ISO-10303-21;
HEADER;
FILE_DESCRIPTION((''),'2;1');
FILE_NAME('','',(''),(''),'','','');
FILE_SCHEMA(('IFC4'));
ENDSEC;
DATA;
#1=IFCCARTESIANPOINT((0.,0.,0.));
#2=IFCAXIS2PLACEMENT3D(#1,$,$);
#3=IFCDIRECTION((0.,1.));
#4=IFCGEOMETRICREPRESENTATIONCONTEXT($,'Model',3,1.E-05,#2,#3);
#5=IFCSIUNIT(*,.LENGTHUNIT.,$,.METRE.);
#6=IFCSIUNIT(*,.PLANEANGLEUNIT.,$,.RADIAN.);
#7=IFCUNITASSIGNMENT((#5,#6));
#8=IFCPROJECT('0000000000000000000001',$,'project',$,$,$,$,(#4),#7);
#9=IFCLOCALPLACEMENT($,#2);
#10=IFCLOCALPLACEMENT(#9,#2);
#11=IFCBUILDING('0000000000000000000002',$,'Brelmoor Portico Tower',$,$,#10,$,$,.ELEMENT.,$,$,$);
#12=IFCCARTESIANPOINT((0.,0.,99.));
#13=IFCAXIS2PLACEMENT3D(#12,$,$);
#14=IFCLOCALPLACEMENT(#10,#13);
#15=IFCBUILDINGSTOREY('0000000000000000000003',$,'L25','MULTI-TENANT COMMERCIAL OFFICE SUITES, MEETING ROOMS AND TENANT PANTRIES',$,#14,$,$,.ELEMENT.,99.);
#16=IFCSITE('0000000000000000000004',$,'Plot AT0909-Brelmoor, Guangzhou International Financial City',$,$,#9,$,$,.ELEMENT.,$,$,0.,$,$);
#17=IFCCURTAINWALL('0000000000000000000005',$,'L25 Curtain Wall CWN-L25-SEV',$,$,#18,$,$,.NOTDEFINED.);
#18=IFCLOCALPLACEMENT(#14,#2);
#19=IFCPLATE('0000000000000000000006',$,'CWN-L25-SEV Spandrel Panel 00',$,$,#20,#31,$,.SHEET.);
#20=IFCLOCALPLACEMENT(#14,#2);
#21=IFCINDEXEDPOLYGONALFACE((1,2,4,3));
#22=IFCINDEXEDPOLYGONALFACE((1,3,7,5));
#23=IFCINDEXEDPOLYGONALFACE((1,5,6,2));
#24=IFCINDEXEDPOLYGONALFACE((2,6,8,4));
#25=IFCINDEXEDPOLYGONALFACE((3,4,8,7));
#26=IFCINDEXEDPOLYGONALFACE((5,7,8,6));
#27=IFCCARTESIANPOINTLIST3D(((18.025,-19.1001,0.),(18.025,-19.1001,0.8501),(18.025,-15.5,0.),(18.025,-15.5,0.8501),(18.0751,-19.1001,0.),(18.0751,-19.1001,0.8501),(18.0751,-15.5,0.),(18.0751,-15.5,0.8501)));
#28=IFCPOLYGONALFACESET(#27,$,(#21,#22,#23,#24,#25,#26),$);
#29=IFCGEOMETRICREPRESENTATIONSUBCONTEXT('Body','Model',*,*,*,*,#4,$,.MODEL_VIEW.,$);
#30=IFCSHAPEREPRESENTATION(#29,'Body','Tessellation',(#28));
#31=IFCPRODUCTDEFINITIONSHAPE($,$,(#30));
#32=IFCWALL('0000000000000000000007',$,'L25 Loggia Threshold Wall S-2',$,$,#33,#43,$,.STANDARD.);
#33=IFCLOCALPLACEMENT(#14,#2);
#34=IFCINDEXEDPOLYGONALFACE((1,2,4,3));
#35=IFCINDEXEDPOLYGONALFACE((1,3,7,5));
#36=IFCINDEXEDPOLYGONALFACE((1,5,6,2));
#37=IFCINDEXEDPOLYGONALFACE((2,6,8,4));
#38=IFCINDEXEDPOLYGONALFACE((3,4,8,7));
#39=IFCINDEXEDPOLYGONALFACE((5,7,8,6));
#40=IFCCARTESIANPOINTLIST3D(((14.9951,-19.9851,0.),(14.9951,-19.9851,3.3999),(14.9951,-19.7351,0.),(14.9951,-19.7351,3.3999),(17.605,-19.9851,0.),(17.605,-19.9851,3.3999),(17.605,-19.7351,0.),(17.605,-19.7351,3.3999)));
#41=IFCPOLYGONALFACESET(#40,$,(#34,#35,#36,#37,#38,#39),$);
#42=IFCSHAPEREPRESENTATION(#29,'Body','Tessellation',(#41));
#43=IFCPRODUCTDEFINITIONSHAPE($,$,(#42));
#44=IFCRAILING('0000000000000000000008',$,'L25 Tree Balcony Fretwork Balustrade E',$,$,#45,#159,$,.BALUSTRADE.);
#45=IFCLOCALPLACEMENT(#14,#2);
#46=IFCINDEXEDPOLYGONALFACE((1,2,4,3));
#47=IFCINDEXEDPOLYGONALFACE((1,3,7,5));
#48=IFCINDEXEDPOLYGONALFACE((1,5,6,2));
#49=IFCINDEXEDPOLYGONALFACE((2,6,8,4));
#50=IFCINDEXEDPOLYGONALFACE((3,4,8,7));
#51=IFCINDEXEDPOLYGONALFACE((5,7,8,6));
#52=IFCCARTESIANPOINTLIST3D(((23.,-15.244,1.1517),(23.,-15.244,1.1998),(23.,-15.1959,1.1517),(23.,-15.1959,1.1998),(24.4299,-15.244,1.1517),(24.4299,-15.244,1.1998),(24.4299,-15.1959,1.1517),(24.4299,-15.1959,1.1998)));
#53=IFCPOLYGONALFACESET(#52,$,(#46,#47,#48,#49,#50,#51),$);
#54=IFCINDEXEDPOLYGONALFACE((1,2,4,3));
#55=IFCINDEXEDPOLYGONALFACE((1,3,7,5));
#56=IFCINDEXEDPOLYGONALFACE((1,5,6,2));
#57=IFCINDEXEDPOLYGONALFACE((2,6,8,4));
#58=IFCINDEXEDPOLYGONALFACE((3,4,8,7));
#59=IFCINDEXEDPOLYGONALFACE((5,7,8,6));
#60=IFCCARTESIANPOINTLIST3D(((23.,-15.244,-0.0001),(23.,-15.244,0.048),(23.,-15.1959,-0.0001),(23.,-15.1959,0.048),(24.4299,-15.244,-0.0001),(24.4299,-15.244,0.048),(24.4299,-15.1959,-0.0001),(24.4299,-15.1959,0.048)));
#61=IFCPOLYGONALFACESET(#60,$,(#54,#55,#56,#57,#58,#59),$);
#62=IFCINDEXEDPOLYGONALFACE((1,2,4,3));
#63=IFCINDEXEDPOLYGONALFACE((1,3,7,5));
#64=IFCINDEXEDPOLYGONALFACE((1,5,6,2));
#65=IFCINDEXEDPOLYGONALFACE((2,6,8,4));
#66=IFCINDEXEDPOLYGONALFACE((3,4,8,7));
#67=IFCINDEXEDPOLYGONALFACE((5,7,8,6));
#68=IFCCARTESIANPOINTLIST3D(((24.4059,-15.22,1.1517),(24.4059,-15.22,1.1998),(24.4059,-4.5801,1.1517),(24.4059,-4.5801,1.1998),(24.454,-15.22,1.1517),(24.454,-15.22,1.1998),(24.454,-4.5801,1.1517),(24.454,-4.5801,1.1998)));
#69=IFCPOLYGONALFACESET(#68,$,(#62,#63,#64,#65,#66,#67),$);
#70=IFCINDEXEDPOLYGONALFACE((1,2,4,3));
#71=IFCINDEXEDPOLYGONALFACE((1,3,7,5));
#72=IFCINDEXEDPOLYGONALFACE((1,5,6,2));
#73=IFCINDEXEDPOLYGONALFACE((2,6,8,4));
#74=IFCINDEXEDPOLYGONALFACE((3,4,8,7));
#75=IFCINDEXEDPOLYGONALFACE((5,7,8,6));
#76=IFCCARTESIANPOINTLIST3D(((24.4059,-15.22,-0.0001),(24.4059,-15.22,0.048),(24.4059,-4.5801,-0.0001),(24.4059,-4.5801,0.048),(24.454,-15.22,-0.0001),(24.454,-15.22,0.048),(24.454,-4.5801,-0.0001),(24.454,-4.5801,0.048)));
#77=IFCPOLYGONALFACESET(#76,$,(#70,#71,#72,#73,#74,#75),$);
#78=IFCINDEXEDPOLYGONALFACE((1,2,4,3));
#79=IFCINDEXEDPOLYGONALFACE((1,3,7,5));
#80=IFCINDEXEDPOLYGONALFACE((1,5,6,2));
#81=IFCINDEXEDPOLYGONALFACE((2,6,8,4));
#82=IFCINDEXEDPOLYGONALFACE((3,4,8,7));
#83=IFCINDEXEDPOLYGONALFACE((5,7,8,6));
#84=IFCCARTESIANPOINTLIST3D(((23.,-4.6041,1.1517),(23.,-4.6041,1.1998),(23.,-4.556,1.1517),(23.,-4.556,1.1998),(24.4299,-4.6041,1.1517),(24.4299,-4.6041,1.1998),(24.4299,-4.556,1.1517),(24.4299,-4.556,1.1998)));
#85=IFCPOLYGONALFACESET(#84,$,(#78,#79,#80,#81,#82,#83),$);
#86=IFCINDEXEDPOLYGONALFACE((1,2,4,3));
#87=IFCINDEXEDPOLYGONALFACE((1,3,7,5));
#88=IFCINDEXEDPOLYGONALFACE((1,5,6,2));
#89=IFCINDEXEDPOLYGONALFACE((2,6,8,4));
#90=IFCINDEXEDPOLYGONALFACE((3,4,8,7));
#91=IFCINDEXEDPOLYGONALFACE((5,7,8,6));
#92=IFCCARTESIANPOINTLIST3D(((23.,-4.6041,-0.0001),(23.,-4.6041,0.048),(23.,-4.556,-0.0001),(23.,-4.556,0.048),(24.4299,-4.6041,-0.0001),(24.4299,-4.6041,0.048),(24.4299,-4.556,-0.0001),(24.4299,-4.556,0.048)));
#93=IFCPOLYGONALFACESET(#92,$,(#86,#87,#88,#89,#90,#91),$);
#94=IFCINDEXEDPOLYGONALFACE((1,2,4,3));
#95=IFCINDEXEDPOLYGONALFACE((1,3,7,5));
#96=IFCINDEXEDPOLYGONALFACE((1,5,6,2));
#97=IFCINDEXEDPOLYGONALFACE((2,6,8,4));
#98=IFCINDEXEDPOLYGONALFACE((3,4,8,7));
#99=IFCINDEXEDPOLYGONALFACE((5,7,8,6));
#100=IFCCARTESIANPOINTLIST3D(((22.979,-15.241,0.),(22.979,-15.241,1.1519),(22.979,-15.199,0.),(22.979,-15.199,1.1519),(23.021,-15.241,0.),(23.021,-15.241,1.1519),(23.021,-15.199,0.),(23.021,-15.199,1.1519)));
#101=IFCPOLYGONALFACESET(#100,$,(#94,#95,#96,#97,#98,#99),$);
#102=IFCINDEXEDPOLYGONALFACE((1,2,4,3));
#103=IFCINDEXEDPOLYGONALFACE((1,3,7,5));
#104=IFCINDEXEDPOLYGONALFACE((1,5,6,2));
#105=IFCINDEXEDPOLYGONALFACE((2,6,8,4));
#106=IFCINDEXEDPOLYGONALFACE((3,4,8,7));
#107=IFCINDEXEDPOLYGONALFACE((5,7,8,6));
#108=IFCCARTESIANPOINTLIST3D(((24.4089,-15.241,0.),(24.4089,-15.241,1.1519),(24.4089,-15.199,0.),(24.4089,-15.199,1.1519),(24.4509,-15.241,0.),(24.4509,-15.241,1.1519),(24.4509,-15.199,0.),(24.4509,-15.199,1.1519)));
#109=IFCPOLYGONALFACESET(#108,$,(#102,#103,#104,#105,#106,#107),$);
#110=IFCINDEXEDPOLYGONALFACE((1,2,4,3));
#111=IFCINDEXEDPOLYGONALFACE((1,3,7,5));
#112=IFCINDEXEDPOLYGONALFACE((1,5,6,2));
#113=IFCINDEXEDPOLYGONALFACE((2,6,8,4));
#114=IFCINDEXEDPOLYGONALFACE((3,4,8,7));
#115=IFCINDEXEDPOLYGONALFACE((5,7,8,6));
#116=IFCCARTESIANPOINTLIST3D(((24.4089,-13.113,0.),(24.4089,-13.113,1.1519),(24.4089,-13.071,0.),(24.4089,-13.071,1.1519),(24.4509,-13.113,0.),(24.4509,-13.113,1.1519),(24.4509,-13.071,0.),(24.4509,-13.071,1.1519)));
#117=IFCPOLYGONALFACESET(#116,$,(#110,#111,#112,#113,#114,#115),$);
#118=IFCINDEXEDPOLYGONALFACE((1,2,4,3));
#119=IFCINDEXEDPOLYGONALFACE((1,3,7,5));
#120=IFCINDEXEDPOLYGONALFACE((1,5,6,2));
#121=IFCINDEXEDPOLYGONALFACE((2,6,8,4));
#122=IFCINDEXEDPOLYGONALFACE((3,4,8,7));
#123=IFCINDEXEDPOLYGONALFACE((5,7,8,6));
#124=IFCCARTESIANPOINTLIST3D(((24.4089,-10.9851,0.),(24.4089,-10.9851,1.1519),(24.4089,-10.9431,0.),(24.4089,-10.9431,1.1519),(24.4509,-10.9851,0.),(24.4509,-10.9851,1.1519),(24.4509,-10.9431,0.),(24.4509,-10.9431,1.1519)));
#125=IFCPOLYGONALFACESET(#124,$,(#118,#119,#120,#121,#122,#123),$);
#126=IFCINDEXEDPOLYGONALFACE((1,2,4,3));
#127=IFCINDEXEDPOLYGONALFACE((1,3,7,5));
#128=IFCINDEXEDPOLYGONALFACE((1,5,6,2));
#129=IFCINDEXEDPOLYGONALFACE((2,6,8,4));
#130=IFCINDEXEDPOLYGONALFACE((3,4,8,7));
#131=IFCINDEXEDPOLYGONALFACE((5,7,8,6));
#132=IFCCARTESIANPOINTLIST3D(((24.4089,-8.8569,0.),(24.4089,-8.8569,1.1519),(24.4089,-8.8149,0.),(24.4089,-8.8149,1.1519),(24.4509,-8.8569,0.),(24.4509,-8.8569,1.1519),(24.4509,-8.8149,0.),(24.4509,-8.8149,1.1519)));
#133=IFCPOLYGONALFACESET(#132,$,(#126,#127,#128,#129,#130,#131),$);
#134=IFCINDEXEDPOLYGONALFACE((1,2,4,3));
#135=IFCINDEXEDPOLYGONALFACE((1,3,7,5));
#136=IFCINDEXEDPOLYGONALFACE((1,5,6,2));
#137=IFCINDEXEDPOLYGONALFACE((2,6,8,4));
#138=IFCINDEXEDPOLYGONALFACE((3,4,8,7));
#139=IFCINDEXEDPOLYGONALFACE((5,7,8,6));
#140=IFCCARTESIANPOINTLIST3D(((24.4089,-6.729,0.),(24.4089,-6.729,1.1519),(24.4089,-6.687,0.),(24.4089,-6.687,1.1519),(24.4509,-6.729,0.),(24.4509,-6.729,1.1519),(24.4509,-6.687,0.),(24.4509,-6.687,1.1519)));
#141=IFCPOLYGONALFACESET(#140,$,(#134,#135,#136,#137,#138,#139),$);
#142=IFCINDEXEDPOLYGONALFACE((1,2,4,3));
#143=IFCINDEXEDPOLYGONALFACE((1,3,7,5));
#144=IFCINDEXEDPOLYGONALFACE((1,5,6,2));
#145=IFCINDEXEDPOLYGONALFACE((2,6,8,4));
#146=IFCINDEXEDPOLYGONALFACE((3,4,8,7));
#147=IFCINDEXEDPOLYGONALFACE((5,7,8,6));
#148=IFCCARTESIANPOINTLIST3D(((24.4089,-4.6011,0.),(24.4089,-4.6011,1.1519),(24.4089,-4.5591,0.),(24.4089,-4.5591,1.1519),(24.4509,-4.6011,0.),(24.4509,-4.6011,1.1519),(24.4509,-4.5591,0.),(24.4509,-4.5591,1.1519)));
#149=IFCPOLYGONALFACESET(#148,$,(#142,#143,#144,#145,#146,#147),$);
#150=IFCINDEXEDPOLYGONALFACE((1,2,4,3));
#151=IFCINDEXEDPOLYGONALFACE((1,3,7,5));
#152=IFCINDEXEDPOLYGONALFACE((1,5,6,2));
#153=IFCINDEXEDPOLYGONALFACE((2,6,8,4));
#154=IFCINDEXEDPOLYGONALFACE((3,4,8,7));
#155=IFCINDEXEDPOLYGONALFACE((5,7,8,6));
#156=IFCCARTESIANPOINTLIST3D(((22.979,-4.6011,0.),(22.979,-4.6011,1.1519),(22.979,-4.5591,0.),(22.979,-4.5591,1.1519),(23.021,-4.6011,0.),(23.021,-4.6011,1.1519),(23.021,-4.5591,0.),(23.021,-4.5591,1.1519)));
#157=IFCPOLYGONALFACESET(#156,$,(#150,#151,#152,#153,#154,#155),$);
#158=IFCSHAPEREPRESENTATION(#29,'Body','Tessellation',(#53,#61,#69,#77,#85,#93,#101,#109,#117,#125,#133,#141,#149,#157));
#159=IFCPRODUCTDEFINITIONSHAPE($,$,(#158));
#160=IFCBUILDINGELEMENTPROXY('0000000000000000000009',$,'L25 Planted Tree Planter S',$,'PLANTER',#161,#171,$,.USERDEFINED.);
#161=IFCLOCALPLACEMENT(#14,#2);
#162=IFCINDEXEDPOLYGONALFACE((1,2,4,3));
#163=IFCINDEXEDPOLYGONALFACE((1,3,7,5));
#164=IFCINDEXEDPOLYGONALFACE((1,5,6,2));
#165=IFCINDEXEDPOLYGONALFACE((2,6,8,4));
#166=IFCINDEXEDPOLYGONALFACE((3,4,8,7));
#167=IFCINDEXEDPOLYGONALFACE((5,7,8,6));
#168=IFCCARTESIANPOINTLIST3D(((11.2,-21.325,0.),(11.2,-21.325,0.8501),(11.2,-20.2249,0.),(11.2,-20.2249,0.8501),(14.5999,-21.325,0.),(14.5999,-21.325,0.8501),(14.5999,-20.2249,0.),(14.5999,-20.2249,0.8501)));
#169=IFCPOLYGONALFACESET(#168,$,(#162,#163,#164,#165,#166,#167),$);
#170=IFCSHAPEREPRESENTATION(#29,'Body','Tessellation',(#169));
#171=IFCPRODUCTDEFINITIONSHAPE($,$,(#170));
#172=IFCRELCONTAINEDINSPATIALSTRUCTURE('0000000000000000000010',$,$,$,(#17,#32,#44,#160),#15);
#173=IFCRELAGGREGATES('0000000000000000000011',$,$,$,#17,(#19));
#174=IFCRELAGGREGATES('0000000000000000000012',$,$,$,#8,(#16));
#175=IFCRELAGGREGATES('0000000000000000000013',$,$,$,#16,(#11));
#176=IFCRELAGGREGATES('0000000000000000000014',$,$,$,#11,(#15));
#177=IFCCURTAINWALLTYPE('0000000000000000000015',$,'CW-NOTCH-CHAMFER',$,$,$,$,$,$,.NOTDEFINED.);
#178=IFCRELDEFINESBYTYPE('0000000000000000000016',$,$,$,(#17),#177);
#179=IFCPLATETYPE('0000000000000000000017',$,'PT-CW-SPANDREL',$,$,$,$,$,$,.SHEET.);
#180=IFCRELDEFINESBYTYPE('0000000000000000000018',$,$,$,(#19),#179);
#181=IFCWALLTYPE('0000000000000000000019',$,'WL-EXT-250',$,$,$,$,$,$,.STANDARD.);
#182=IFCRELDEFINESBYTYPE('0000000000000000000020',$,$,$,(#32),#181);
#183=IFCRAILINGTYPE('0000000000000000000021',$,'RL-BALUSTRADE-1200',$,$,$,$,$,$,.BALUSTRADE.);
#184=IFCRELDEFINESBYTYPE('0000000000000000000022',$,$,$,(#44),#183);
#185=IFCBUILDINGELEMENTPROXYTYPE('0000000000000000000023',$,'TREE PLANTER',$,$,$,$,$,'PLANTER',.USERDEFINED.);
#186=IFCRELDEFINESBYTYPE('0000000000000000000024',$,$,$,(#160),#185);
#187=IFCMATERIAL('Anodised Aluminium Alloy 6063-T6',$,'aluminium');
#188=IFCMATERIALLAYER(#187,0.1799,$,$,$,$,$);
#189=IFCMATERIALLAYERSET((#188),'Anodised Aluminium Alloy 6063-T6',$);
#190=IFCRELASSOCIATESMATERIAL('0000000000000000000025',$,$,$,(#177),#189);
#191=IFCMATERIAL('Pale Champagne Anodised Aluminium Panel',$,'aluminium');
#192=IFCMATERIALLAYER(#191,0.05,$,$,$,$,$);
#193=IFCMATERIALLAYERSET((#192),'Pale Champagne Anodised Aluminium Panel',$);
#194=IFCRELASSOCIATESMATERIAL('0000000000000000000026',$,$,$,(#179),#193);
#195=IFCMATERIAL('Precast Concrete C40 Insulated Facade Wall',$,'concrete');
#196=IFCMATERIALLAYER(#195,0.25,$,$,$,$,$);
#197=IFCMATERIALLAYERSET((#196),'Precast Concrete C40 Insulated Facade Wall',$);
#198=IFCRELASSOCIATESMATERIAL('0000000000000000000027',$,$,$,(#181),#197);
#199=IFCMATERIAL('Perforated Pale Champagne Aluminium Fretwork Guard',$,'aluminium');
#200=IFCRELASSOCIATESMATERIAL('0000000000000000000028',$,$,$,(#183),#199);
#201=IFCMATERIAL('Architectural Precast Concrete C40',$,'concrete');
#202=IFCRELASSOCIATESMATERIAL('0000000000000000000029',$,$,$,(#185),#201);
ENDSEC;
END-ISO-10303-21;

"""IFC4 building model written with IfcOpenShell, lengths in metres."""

from ifc_helpers import new_model, si_unit, direction, frame, frame_2d, origin, origin_2d, place, context, subcontext, project, spatial, rectangle, extrude, material, layer, layer_set, type_object, element, aggregate, save


model = new_model("IFC4")

# Units and contexts
model_context = context("Model", 3, precision=1e-05, world=origin(), true_north=direction((0.0, 1.0)))
body_context = subcontext(model_context, "Body", "Model", "MODEL_VIEW")
ifc_project = project(units=[si_unit("LENGTHUNIT", "METRE"), si_unit("PLANEANGLEUNIT", "RADIAN")], contexts=[model_context])

# Site, building, storey
site_placement = place(None, origin())
site = spatial("IfcSite", under=ifc_project, at=site_placement, Name="Plot AT0909-Brelmoor, Guangzhou International Financial City", CompositionType="ELEMENT", RefElevation=0.0)
building_placement = place(site_placement, origin())
building = spatial("IfcBuilding", under=site, at=building_placement, Name="Brelmoor Portico Tower", CompositionType="ELEMENT")
storey_placement = place(building_placement, frame((0.0, 0.0, 99.0)))
storey = spatial("IfcBuildingStorey", under=building, at=storey_placement, Name="L25", Description="MULTI-TENANT COMMERCIAL OFFICE SUITES, MEETING ROOMS AND TENANT PANTRIES", CompositionType="ELEMENT", Elevation=99.0)

# Curtain wall
ifc_material_1 = material(Name="Anodised Aluminium Alloy 6063-T6", Category="aluminium")
ifc_layer_1 = layer(ifc_material_1, 0.1799)
ifc_layer_set_1 = layer_set([ifc_layer_1], Name="Anodised Aluminium Alloy 6063-T6")
curtain_wall_type = type_object("IfcCurtainWallType", Name="CW-NOTCH-CHAMFER", PredefinedType="NOTDEFINED", material=ifc_layer_set_1)
curtain_wall_1_placement = place(storey_placement, origin())
curtain_wall_1 = element("IfcCurtainWall", 1, at=curtain_wall_1_placement, inside=storey, type_object=curtain_wall_type, Name="L25 Curtain Wall CWN-L25-SEV", PredefinedType="NOTDEFINED")

# Plate
ifc_material_2 = material(Name="Pale Champagne Anodised Aluminium Panel", Category="aluminium")
ifc_layer_2 = layer(ifc_material_2, 0.05)
ifc_layer_set_2 = layer_set([ifc_layer_2], Name="Pale Champagne Anodised Aluminium Panel")
plate_type_1 = type_object("IfcPlateType", Name="PT-CW-SPANDREL", PredefinedType="SHEET", material=ifc_layer_set_2)
plate_1_placement = place(storey_placement, frame((18.05, -17.3, 0.0), z_axis=(0.0, 0.0, 1.0), x_axis=(0.0, 1.0, 0.0)))
plate_1 = element("IfcPlate", 2, at=plate_1_placement, type_object=plate_type_1, Name="CWN-L25-SEV Spandrel Panel 00", PredefinedType="SHEET", context=body_context, shape_type="SweptSolid", body=[
    extrude(rectangle(XDim=3.6001, YDim=0.05, at=origin_2d()), origin(), (0.0, 0.0, 1.0), 0.8501),
])
aggregate(curtain_wall_1, [plate_1])

# Wall
ifc_material_3 = material(Name="Precast Concrete C40 Insulated Facade Wall", Category="concrete")
ifc_layer_3 = layer(ifc_material_3, 0.25)
ifc_layer_set_3 = layer_set([ifc_layer_3], Name="Precast Concrete C40 Insulated Facade Wall")
wall_type = type_object("IfcWallType", Name="WL-EXT-250", PredefinedType="STANDARD", material=ifc_layer_set_3)
wall_placement = place(storey_placement, frame((14.9951, -19.8601, 0.0), z_axis=(0.0, 0.0, 1.0), x_axis=(1.0, 0.0, 0.0)))
element("IfcWall", 3, at=wall_placement, inside=storey, type_object=wall_type, Name="L25 Loggia Threshold Wall S-2", PredefinedType="STANDARD", context=body_context, shape_type="SweptSolid", body=[
    extrude(rectangle(XDim=2.6099, YDim=0.25, at=frame_2d((1.3049, 0.0))), origin(), (0.0, 0.0, 1.0), 3.3999),
])

# Railing
ifc_material_4 = material(Name="Perforated Pale Champagne Aluminium Fretwork Guard", Category="aluminium")
railing_type = type_object("IfcRailingType", Name="RL-BALUSTRADE-1200", PredefinedType="BALUSTRADE", material=ifc_material_4)
railing_placement = place(storey_placement, frame((23.0, -15.22, 0.0)))
element("IfcRailing", 4, at=railing_placement, inside=storey, type_object=railing_type, Name="L25 Tree Balcony Fretwork Balustrade E", PredefinedType="BALUSTRADE", context=body_context, shape_type="SweptSolid", body=[
    extrude(rectangle(XDim=0.0481, YDim=0.0481, at=origin_2d()), frame((0.0, 0.0, 1.1758), z_axis=(1.0, 0.0, 0.0), x_axis=(0.0, 1.0, 0.0)), (0.0, 0.0, 1.0), 1.4299),
    extrude(rectangle(XDim=0.0481, YDim=0.0481, at=origin_2d()), frame((0.0, 0.0, 0.0239), z_axis=(1.0, 0.0, 0.0), x_axis=(0.0, 1.0, 0.0)), (0.0, 0.0, 1.0), 1.4299),
    extrude(rectangle(XDim=0.0481, YDim=0.0481, at=origin_2d()), frame((1.4299, 0.0, 1.1758), z_axis=(0.0, 1.0, 0.0), x_axis=(-1.0, 0.0, 0.0)), (0.0, 0.0, 1.0), 10.6399),
    extrude(rectangle(XDim=0.0481, YDim=0.0481, at=origin_2d()), frame((1.4299, 0.0, 0.0239), z_axis=(0.0, 1.0, 0.0), x_axis=(-1.0, 0.0, 0.0)), (0.0, 0.0, 1.0), 10.6399),
    extrude(rectangle(XDim=0.0481, YDim=0.0481, at=origin_2d()), frame((1.4299, 10.6399, 1.1758), z_axis=(-1.0, 0.0, 0.0), x_axis=(0.0, -1.0, 0.0)), (0.0, 0.0, 1.0), 1.4299),
    extrude(rectangle(XDim=0.0481, YDim=0.0481, at=origin_2d()), frame((1.4299, 10.6399, 0.0239), z_axis=(-1.0, 0.0, 0.0), x_axis=(0.0, -1.0, 0.0)), (0.0, 0.0, 1.0), 1.4299),
    extrude(rectangle(XDim=0.042, YDim=0.042, at=origin_2d()), origin(), (0.0, 0.0, 1.0), 1.1519),
    extrude(rectangle(XDim=0.042, YDim=0.042, at=origin_2d()), frame((1.4299, 0.0, 0.0)), (0.0, 0.0, 1.0), 1.1519),
    extrude(rectangle(XDim=0.042, YDim=0.042, at=origin_2d()), frame((1.4299, 2.1279, 0.0)), (0.0, 0.0, 1.0), 1.1519),
    extrude(rectangle(XDim=0.042, YDim=0.042, at=origin_2d()), frame((1.4299, 4.2559, 0.0)), (0.0, 0.0, 1.0), 1.1519),
    extrude(rectangle(XDim=0.042, YDim=0.042, at=origin_2d()), frame((1.4299, 6.384, 0.0)), (0.0, 0.0, 1.0), 1.1519),
    extrude(rectangle(XDim=0.042, YDim=0.042, at=origin_2d()), frame((1.4299, 8.512, 0.0)), (0.0, 0.0, 1.0), 1.1519),
    extrude(rectangle(XDim=0.042, YDim=0.042, at=origin_2d()), frame((1.4299, 10.6399, 0.0)), (0.0, 0.0, 1.0), 1.1519),
    extrude(rectangle(XDim=0.042, YDim=0.042, at=origin_2d()), frame((0.0, 10.6399, 0.0)), (0.0, 0.0, 1.0), 1.1519),
])

# Building element proxy
ifc_material_5 = material(Name="Architectural Precast Concrete C40", Category="concrete")
building_element_proxy_type = type_object("IfcBuildingElementProxyType", Name="TREE PLANTER", ElementType="PLANTER", PredefinedType="USERDEFINED", material=ifc_material_5)
proxy_placement = place(storey_placement, frame((12.8999, -20.7749, 0.0), z_axis=(0.0, 0.0, 1.0), x_axis=(1.0, 0.0, 0.0)))
element("IfcBuildingElementProxy", 5, at=proxy_placement, inside=storey, type_object=building_element_proxy_type, Name="L25 Planted Tree Planter S", ObjectType="PLANTER", PredefinedType="USERDEFINED", context=body_context, shape_type="SweptSolid", body=[
    extrude(rectangle(XDim=3.3999, YDim=1.1001, at=origin_2d()), origin(), (0.0, 0.0, 1.0), 0.8501),
])

save(model, "model.ifc")
